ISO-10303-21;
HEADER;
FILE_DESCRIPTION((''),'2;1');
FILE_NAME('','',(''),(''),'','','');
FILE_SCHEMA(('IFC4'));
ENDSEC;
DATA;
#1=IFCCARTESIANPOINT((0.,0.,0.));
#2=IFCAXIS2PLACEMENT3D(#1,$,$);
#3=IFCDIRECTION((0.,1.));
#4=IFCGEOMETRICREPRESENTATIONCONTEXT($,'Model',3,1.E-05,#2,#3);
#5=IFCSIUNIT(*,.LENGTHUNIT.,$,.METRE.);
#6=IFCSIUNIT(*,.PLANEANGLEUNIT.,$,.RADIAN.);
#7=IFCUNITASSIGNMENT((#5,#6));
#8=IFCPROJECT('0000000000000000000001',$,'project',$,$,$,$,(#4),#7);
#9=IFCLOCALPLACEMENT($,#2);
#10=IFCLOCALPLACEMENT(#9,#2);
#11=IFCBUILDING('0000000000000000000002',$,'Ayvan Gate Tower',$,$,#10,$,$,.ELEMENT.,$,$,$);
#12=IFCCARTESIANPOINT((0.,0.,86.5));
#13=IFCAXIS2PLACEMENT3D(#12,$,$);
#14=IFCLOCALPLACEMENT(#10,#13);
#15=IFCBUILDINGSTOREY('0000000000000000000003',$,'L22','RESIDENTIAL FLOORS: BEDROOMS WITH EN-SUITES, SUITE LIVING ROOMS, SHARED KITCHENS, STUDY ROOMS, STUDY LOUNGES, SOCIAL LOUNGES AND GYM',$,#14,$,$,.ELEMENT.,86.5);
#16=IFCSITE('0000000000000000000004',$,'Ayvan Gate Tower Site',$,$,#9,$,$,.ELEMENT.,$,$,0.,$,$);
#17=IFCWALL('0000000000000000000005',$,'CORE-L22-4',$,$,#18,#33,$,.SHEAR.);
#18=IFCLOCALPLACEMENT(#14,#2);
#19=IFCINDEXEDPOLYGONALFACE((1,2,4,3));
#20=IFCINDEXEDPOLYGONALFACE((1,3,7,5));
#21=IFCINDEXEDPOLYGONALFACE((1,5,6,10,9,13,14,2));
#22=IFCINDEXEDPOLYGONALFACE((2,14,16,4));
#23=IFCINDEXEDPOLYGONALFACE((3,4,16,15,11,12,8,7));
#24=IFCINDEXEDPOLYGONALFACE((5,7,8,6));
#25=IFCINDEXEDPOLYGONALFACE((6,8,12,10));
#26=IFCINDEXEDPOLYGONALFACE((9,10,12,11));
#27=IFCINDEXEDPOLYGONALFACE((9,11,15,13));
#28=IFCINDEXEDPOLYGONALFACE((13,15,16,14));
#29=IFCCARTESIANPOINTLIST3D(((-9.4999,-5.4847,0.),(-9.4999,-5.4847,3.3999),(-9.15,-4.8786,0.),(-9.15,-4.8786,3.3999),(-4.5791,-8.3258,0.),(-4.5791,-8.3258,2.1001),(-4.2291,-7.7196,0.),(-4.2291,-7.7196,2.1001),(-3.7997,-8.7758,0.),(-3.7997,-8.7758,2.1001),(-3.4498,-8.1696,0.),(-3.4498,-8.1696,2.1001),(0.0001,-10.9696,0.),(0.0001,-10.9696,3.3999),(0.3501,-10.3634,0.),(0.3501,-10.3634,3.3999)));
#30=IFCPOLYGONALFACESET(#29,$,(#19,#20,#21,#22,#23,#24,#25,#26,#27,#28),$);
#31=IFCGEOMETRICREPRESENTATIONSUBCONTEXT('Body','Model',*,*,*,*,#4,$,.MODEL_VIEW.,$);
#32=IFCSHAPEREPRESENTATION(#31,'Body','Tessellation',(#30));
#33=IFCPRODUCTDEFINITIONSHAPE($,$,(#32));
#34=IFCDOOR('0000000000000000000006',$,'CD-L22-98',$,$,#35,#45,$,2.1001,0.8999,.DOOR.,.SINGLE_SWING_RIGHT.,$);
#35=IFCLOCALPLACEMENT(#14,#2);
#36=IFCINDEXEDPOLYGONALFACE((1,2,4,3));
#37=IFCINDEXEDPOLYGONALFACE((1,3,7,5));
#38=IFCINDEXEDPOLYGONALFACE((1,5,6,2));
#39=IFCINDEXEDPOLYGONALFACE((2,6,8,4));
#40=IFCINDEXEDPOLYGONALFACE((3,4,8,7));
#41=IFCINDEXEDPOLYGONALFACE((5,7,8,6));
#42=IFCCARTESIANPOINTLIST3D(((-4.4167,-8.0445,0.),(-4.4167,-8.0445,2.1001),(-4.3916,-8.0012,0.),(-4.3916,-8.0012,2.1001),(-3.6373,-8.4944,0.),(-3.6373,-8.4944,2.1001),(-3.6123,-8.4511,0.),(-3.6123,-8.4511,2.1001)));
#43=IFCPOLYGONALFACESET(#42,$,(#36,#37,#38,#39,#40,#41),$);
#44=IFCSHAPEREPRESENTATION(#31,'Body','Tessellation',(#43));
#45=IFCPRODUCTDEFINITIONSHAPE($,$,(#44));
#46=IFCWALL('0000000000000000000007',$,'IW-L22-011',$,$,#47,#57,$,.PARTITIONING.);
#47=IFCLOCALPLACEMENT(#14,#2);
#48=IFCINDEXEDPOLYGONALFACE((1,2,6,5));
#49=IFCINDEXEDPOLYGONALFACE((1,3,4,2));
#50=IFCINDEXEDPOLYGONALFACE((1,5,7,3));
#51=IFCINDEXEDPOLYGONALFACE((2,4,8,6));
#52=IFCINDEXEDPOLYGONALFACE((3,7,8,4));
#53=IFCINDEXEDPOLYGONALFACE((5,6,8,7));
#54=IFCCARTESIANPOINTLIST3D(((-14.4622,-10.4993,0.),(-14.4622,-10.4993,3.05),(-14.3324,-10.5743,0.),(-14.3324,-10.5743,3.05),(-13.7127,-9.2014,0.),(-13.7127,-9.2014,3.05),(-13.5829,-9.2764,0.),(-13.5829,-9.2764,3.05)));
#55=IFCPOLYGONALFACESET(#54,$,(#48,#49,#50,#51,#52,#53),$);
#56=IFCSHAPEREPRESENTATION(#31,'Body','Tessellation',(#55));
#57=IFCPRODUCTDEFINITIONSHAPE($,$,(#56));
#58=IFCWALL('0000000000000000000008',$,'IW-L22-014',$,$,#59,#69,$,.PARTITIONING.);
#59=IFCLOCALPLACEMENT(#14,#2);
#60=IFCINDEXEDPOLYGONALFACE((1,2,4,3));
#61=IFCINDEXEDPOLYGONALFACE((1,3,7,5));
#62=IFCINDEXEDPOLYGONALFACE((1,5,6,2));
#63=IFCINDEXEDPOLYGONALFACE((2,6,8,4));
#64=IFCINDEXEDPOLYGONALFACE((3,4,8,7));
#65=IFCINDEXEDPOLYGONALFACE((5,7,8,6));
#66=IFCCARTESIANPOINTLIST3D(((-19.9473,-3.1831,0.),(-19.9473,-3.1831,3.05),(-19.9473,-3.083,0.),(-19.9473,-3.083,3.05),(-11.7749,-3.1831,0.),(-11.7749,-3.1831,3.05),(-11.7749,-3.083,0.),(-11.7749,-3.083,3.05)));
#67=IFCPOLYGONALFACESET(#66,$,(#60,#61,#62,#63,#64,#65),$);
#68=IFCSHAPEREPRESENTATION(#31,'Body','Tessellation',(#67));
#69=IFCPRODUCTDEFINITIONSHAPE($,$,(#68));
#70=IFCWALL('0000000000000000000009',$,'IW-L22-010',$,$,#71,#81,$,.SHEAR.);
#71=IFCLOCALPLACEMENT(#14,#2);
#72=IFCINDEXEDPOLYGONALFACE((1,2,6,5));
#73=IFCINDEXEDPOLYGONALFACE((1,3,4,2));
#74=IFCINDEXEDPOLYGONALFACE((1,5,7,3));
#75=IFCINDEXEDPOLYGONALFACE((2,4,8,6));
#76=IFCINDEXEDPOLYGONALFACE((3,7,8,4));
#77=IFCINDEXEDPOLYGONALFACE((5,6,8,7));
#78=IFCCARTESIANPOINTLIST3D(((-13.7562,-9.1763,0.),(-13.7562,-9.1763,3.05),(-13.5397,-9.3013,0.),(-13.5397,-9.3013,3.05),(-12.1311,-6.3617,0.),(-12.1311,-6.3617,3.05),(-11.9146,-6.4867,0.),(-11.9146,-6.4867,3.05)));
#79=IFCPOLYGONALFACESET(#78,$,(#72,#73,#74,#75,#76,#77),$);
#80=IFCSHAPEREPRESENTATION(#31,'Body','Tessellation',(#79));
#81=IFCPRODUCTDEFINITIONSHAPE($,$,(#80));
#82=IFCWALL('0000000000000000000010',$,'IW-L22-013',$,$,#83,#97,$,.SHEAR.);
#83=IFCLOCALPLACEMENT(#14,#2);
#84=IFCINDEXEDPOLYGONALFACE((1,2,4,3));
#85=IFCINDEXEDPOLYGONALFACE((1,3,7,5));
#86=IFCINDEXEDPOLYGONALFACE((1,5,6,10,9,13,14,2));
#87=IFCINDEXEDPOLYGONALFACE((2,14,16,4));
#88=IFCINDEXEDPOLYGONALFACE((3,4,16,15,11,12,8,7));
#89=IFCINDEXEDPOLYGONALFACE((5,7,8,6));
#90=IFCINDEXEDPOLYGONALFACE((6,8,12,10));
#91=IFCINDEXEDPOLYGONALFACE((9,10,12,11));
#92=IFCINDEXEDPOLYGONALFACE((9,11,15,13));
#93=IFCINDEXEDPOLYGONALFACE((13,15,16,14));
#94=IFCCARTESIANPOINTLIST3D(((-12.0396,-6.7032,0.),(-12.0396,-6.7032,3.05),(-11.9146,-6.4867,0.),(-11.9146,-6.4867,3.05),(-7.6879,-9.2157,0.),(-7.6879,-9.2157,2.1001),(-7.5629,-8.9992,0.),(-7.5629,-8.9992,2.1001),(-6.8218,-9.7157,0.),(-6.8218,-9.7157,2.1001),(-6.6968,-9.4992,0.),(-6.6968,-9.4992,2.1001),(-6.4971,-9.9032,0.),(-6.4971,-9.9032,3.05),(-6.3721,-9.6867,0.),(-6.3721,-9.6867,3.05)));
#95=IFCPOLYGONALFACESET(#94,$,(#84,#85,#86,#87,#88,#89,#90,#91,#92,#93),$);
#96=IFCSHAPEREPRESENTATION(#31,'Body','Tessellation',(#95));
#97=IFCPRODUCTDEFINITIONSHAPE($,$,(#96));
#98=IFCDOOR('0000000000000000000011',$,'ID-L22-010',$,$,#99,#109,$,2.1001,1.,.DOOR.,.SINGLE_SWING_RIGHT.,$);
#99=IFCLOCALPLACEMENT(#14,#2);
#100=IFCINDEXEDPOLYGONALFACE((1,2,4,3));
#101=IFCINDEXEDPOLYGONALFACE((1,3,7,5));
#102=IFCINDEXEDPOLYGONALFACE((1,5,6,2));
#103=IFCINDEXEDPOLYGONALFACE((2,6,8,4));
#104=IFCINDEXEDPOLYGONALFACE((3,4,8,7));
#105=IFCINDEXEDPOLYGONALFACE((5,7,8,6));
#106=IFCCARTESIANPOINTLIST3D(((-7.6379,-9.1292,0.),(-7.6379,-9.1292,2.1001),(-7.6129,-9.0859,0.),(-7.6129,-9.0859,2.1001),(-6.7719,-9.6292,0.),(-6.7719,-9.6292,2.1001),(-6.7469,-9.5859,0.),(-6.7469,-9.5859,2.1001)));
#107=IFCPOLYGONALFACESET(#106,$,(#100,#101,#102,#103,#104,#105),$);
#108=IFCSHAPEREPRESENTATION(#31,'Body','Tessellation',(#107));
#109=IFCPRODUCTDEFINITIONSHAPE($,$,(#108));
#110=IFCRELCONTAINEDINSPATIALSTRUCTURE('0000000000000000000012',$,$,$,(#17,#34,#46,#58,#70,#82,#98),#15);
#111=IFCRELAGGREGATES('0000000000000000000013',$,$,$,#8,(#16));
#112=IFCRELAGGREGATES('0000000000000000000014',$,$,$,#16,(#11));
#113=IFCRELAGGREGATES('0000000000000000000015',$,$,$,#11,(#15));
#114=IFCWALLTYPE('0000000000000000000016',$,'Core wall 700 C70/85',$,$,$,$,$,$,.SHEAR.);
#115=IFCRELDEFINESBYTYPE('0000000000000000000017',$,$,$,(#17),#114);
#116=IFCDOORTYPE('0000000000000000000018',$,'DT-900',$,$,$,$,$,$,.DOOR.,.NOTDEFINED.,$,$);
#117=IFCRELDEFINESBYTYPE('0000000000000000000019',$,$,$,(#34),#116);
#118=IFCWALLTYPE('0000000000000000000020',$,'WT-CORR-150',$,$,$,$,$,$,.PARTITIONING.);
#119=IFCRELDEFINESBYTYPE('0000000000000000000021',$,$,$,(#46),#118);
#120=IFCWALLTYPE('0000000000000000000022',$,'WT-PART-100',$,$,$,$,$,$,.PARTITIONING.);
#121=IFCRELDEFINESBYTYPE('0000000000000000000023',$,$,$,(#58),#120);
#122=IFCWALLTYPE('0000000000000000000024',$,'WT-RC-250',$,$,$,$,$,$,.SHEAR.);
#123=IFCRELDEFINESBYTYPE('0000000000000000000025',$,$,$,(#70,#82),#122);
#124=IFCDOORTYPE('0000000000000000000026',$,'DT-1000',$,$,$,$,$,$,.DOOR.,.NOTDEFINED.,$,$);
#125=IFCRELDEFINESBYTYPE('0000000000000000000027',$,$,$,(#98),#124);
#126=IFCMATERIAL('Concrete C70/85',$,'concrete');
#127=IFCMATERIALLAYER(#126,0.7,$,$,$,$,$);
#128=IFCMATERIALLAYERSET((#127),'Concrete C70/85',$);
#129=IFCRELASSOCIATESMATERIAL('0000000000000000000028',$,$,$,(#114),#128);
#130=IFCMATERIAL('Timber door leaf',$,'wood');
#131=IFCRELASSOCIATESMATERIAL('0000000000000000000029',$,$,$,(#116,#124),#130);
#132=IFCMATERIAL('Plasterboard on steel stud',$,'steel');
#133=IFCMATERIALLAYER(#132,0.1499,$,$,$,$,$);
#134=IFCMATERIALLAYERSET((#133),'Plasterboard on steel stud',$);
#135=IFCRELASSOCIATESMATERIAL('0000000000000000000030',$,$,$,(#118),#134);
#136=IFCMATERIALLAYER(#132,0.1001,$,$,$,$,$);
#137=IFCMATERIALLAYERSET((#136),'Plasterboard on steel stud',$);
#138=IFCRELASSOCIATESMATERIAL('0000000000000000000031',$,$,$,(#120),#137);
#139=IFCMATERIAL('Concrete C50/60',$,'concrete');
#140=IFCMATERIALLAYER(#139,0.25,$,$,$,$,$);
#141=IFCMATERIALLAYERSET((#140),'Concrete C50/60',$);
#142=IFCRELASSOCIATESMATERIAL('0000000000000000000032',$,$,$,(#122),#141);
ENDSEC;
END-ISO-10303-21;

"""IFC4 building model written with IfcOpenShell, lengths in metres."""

from ifc_helpers import new_model, si_unit, direction, frame, frame_2d, origin, place, context, subcontext, project, spatial, rectangle, extrude, material, layer, layer_set, type_object, element, fill, save


model = new_model("IFC4")

# Units and contexts
model_context = context("Model", 3, precision=1e-05, world=origin(), true_north=direction((0.0, 1.0)))
body_context = subcontext(model_context, "Body", "Model", "MODEL_VIEW")
ifc_project = project(units=[si_unit("LENGTHUNIT", "METRE"), si_unit("PLANEANGLEUNIT", "RADIAN")], contexts=[model_context])

# Site, building, storey
site_placement = place(None, origin())
site = spatial("IfcSite", under=ifc_project, at=site_placement, Name="Ayvan Gate Tower Site", CompositionType="ELEMENT", RefElevation=0.0)
building_placement = place(site_placement, origin())
building = spatial("IfcBuilding", under=site, at=building_placement, Name="Ayvan Gate Tower", CompositionType="ELEMENT")
storey_placement = place(building_placement, frame((0.0, 0.0, 86.5)))
storey = spatial("IfcBuildingStorey", under=building, at=storey_placement, Name="L22", Description="RESIDENTIAL FLOORS: BEDROOMS WITH EN-SUITES, SUITE LIVING ROOMS, SHARED KITCHENS, STUDY ROOMS, STUDY LOUNGES, SOCIAL LOUNGES AND GYM", CompositionType="ELEMENT", Elevation=86.5)

# Wall, opening, door
ifc_material_1 = material(Name="Concrete C70/85", Category="concrete")
ifc_layer_1 = layer(ifc_material_1, 0.7)
ifc_layer_set_1 = layer_set([ifc_layer_1], Name="Concrete C70/85")
wall_type_1 = type_object("IfcWallType", Name="Core wall 700 C70/85", PredefinedType="SHEAR", material=ifc_layer_set_1)
wall_1_placement = place(storey_placement, frame((-9.325, -5.1816, 0.0), z_axis=(0.0, 0.0, 1.0), x_axis=(0.866024, -0.500002, 0.0)))
wall_1 = element("IfcWall", 1, at=wall_1_placement, inside=storey, type_object=wall_type_1, Name="CORE-L22-4", PredefinedType="SHEAR", context=body_context, shape_type="SweptSolid", body=[
    extrude(rectangle(XDim=10.9697, YDim=0.7, at=frame_2d((5.4849, 0.0))), origin(), (0.0, 0.0, 1.0), 3.3999),
])
opening_1_placement = place(wall_1_placement, frame((5.6821, 0.0, 0.0)))
opening_1 = element("IfcOpeningElement", 2, at=opening_1_placement, cuts=wall_1, PredefinedType="OPENING", context=body_context, shape_type="SweptSolid", body=[
    extrude(rectangle(XDim=0.8999, YDim=2.1001, at=frame_2d((0.45, 1.05))), frame((0.0, 0.3599, 0.0), z_axis=(0.0, -1.0, 0.0), x_axis=(1.0, 0.0, 0.0)), (0.0, 0.0, 1.0), 0.72),
])
ifc_material_2 = material(Name="Timber door leaf", Category="wood")
door_type_1 = type_object("IfcDoorType", Name="DT-900", OperationType="NOTDEFINED", PredefinedType="DOOR", material=ifc_material_2)
door_1_placement = place(opening_1_placement, origin())
door_1 = element("IfcDoor", 3, at=door_1_placement, inside=storey, type_object=door_type_1, Name="CD-L22-98", OperationType="SINGLE_SWING_RIGHT", OverallHeight=2.1001, OverallWidth=0.8999, PredefinedType="DOOR", context=body_context, shape_type="SweptSolid", body=[
    extrude(rectangle(XDim=0.8999, YDim=2.1001, at=frame_2d((0.45, 1.05))), frame((0.0, 0.0249, 0.0), z_axis=(0.0, -1.0, 0.0), x_axis=(1.0, 0.0, 0.0)), (0.0, 0.0, 1.0), 0.05),
])
fill(opening_1, door_1)

# Walls
ifc_material_3 = material(Name="Plasterboard on steel stud", Category="steel")
ifc_layer_2 = layer(ifc_material_3, 0.1499)
ifc_layer_set_2 = layer_set([ifc_layer_2], Name="Plasterboard on steel stud")
wall_type_2 = type_object("IfcWallType", Name="WT-CORR-150", PredefinedType="PARTITIONING", material=ifc_layer_set_2)
wall_2_placement = place(storey_placement, frame((-13.6477, -9.2388, 0.0), z_axis=(0.0, 0.0, 1.0), x_axis=(-0.500098, -0.865969, 0.0)))
element("IfcWall", 4, at=wall_2_placement, inside=storey, type_object=wall_type_2, Name="IW-L22-011", PredefinedType="PARTITIONING", context=body_context, shape_type="SweptSolid", body=[
    extrude(rectangle(XDim=1.4988, YDim=0.1499, at=frame_2d((0.7495, 0.0))), origin(), (0.0, 0.0, 1.0), 3.05),
])
ifc_layer_3 = layer(ifc_material_3, 0.1001)
ifc_layer_set_3 = layer_set([ifc_layer_3], Name="Plasterboard on steel stud")
wall_type_3 = type_object("IfcWallType", Name="WT-PART-100", PredefinedType="PARTITIONING", material=ifc_layer_set_3)
wall_3_placement = place(storey_placement, frame((-11.7749, -3.1331, 0.0), z_axis=(0.0, 0.0, 1.0), x_axis=(-1.0, 0.0, 0.0)))
element("IfcWall", 5, at=wall_3_placement, inside=storey, type_object=wall_type_3, Name="IW-L22-014", PredefinedType="PARTITIONING", context=body_context, shape_type="SweptSolid", body=[
    extrude(rectangle(XDim=8.1724, YDim=0.1001, at=frame_2d((4.0862, 0.0))), origin(), (0.0, 0.0, 1.0), 3.05),
])
ifc_material_4 = material(Name="Concrete C50/60", Category="concrete")
ifc_layer_4 = layer(ifc_material_4, 0.25)
ifc_layer_set_4 = layer_set([ifc_layer_4], Name="Concrete C50/60")
wall_type_4 = type_object("IfcWallType", Name="WT-RC-250", PredefinedType="SHEAR", material=ifc_layer_set_4)
wall_4_placement = place(storey_placement, frame((-13.6479, -9.2388, 0.0), z_axis=(0.0, 0.0, 1.0), x_axis=(0.500017, 0.866015, 0.0)))
element("IfcWall", 6, at=wall_4_placement, inside=storey, type_object=wall_type_4, Name="IW-L22-010", PredefinedType="SHEAR", context=body_context, shape_type="SweptSolid", body=[
    extrude(rectangle(XDim=3.25, YDim=0.25, at=frame_2d((1.625, 0.0))), origin(), (0.0, 0.0, 1.0), 3.05),
])

# Wall, opening, door
wall_5_placement = place(storey_placement, frame((-11.9771, -6.595, 0.0), z_axis=(0.0, 0.0, 1.0), x_axis=(0.866025, -0.5, 0.0)))
wall_5 = element("IfcWall", 7, at=wall_5_placement, inside=storey, type_object=wall_type_4, Name="IW-L22-013", PredefinedType="SHEAR", context=body_context, shape_type="SweptSolid", body=[
    extrude(rectangle(XDim=6.3999, YDim=0.25, at=frame_2d((3.2, 0.0))), origin(), (0.0, 0.0, 1.0), 3.05),
])
opening_2_placement = place(wall_5_placement, frame((5.0249, 0.0, 0.0)))
opening_2 = element("IfcOpeningElement", 8, at=opening_2_placement, cuts=wall_5, PredefinedType="OPENING", context=body_context, shape_type="SweptSolid", body=[
    extrude(rectangle(XDim=1.0, YDim=2.1001, at=frame_2d((0.5, 1.05))), frame((0.0, 0.135, 0.0), z_axis=(0.0, -1.0, 0.0), x_axis=(1.0, 0.0, 0.0)), (0.0, 0.0, 1.0), 0.27),
])
door_type_2 = type_object("IfcDoorType", Name="DT-1000", OperationType="NOTDEFINED", PredefinedType="DOOR", material=ifc_material_2)
door_2_placement = place(opening_2_placement, origin())
door_2 = element("IfcDoor", 9, at=door_2_placement, inside=storey, type_object=door_type_2, Name="ID-L22-010", OperationType="SINGLE_SWING_RIGHT", OverallHeight=2.1001, OverallWidth=1.0, PredefinedType="DOOR", context=body_context, shape_type="SweptSolid", body=[
    extrude(rectangle(XDim=1.0, YDim=2.1001, at=frame_2d((0.5, 1.05))), frame((0.0, 0.0249, 0.0), z_axis=(0.0, -1.0, 0.0), x_axis=(1.0, 0.0, 0.0)), (0.0, 0.0, 1.0), 0.05),
])
fill(opening_2, door_2)

save(model, "model.ifc")
